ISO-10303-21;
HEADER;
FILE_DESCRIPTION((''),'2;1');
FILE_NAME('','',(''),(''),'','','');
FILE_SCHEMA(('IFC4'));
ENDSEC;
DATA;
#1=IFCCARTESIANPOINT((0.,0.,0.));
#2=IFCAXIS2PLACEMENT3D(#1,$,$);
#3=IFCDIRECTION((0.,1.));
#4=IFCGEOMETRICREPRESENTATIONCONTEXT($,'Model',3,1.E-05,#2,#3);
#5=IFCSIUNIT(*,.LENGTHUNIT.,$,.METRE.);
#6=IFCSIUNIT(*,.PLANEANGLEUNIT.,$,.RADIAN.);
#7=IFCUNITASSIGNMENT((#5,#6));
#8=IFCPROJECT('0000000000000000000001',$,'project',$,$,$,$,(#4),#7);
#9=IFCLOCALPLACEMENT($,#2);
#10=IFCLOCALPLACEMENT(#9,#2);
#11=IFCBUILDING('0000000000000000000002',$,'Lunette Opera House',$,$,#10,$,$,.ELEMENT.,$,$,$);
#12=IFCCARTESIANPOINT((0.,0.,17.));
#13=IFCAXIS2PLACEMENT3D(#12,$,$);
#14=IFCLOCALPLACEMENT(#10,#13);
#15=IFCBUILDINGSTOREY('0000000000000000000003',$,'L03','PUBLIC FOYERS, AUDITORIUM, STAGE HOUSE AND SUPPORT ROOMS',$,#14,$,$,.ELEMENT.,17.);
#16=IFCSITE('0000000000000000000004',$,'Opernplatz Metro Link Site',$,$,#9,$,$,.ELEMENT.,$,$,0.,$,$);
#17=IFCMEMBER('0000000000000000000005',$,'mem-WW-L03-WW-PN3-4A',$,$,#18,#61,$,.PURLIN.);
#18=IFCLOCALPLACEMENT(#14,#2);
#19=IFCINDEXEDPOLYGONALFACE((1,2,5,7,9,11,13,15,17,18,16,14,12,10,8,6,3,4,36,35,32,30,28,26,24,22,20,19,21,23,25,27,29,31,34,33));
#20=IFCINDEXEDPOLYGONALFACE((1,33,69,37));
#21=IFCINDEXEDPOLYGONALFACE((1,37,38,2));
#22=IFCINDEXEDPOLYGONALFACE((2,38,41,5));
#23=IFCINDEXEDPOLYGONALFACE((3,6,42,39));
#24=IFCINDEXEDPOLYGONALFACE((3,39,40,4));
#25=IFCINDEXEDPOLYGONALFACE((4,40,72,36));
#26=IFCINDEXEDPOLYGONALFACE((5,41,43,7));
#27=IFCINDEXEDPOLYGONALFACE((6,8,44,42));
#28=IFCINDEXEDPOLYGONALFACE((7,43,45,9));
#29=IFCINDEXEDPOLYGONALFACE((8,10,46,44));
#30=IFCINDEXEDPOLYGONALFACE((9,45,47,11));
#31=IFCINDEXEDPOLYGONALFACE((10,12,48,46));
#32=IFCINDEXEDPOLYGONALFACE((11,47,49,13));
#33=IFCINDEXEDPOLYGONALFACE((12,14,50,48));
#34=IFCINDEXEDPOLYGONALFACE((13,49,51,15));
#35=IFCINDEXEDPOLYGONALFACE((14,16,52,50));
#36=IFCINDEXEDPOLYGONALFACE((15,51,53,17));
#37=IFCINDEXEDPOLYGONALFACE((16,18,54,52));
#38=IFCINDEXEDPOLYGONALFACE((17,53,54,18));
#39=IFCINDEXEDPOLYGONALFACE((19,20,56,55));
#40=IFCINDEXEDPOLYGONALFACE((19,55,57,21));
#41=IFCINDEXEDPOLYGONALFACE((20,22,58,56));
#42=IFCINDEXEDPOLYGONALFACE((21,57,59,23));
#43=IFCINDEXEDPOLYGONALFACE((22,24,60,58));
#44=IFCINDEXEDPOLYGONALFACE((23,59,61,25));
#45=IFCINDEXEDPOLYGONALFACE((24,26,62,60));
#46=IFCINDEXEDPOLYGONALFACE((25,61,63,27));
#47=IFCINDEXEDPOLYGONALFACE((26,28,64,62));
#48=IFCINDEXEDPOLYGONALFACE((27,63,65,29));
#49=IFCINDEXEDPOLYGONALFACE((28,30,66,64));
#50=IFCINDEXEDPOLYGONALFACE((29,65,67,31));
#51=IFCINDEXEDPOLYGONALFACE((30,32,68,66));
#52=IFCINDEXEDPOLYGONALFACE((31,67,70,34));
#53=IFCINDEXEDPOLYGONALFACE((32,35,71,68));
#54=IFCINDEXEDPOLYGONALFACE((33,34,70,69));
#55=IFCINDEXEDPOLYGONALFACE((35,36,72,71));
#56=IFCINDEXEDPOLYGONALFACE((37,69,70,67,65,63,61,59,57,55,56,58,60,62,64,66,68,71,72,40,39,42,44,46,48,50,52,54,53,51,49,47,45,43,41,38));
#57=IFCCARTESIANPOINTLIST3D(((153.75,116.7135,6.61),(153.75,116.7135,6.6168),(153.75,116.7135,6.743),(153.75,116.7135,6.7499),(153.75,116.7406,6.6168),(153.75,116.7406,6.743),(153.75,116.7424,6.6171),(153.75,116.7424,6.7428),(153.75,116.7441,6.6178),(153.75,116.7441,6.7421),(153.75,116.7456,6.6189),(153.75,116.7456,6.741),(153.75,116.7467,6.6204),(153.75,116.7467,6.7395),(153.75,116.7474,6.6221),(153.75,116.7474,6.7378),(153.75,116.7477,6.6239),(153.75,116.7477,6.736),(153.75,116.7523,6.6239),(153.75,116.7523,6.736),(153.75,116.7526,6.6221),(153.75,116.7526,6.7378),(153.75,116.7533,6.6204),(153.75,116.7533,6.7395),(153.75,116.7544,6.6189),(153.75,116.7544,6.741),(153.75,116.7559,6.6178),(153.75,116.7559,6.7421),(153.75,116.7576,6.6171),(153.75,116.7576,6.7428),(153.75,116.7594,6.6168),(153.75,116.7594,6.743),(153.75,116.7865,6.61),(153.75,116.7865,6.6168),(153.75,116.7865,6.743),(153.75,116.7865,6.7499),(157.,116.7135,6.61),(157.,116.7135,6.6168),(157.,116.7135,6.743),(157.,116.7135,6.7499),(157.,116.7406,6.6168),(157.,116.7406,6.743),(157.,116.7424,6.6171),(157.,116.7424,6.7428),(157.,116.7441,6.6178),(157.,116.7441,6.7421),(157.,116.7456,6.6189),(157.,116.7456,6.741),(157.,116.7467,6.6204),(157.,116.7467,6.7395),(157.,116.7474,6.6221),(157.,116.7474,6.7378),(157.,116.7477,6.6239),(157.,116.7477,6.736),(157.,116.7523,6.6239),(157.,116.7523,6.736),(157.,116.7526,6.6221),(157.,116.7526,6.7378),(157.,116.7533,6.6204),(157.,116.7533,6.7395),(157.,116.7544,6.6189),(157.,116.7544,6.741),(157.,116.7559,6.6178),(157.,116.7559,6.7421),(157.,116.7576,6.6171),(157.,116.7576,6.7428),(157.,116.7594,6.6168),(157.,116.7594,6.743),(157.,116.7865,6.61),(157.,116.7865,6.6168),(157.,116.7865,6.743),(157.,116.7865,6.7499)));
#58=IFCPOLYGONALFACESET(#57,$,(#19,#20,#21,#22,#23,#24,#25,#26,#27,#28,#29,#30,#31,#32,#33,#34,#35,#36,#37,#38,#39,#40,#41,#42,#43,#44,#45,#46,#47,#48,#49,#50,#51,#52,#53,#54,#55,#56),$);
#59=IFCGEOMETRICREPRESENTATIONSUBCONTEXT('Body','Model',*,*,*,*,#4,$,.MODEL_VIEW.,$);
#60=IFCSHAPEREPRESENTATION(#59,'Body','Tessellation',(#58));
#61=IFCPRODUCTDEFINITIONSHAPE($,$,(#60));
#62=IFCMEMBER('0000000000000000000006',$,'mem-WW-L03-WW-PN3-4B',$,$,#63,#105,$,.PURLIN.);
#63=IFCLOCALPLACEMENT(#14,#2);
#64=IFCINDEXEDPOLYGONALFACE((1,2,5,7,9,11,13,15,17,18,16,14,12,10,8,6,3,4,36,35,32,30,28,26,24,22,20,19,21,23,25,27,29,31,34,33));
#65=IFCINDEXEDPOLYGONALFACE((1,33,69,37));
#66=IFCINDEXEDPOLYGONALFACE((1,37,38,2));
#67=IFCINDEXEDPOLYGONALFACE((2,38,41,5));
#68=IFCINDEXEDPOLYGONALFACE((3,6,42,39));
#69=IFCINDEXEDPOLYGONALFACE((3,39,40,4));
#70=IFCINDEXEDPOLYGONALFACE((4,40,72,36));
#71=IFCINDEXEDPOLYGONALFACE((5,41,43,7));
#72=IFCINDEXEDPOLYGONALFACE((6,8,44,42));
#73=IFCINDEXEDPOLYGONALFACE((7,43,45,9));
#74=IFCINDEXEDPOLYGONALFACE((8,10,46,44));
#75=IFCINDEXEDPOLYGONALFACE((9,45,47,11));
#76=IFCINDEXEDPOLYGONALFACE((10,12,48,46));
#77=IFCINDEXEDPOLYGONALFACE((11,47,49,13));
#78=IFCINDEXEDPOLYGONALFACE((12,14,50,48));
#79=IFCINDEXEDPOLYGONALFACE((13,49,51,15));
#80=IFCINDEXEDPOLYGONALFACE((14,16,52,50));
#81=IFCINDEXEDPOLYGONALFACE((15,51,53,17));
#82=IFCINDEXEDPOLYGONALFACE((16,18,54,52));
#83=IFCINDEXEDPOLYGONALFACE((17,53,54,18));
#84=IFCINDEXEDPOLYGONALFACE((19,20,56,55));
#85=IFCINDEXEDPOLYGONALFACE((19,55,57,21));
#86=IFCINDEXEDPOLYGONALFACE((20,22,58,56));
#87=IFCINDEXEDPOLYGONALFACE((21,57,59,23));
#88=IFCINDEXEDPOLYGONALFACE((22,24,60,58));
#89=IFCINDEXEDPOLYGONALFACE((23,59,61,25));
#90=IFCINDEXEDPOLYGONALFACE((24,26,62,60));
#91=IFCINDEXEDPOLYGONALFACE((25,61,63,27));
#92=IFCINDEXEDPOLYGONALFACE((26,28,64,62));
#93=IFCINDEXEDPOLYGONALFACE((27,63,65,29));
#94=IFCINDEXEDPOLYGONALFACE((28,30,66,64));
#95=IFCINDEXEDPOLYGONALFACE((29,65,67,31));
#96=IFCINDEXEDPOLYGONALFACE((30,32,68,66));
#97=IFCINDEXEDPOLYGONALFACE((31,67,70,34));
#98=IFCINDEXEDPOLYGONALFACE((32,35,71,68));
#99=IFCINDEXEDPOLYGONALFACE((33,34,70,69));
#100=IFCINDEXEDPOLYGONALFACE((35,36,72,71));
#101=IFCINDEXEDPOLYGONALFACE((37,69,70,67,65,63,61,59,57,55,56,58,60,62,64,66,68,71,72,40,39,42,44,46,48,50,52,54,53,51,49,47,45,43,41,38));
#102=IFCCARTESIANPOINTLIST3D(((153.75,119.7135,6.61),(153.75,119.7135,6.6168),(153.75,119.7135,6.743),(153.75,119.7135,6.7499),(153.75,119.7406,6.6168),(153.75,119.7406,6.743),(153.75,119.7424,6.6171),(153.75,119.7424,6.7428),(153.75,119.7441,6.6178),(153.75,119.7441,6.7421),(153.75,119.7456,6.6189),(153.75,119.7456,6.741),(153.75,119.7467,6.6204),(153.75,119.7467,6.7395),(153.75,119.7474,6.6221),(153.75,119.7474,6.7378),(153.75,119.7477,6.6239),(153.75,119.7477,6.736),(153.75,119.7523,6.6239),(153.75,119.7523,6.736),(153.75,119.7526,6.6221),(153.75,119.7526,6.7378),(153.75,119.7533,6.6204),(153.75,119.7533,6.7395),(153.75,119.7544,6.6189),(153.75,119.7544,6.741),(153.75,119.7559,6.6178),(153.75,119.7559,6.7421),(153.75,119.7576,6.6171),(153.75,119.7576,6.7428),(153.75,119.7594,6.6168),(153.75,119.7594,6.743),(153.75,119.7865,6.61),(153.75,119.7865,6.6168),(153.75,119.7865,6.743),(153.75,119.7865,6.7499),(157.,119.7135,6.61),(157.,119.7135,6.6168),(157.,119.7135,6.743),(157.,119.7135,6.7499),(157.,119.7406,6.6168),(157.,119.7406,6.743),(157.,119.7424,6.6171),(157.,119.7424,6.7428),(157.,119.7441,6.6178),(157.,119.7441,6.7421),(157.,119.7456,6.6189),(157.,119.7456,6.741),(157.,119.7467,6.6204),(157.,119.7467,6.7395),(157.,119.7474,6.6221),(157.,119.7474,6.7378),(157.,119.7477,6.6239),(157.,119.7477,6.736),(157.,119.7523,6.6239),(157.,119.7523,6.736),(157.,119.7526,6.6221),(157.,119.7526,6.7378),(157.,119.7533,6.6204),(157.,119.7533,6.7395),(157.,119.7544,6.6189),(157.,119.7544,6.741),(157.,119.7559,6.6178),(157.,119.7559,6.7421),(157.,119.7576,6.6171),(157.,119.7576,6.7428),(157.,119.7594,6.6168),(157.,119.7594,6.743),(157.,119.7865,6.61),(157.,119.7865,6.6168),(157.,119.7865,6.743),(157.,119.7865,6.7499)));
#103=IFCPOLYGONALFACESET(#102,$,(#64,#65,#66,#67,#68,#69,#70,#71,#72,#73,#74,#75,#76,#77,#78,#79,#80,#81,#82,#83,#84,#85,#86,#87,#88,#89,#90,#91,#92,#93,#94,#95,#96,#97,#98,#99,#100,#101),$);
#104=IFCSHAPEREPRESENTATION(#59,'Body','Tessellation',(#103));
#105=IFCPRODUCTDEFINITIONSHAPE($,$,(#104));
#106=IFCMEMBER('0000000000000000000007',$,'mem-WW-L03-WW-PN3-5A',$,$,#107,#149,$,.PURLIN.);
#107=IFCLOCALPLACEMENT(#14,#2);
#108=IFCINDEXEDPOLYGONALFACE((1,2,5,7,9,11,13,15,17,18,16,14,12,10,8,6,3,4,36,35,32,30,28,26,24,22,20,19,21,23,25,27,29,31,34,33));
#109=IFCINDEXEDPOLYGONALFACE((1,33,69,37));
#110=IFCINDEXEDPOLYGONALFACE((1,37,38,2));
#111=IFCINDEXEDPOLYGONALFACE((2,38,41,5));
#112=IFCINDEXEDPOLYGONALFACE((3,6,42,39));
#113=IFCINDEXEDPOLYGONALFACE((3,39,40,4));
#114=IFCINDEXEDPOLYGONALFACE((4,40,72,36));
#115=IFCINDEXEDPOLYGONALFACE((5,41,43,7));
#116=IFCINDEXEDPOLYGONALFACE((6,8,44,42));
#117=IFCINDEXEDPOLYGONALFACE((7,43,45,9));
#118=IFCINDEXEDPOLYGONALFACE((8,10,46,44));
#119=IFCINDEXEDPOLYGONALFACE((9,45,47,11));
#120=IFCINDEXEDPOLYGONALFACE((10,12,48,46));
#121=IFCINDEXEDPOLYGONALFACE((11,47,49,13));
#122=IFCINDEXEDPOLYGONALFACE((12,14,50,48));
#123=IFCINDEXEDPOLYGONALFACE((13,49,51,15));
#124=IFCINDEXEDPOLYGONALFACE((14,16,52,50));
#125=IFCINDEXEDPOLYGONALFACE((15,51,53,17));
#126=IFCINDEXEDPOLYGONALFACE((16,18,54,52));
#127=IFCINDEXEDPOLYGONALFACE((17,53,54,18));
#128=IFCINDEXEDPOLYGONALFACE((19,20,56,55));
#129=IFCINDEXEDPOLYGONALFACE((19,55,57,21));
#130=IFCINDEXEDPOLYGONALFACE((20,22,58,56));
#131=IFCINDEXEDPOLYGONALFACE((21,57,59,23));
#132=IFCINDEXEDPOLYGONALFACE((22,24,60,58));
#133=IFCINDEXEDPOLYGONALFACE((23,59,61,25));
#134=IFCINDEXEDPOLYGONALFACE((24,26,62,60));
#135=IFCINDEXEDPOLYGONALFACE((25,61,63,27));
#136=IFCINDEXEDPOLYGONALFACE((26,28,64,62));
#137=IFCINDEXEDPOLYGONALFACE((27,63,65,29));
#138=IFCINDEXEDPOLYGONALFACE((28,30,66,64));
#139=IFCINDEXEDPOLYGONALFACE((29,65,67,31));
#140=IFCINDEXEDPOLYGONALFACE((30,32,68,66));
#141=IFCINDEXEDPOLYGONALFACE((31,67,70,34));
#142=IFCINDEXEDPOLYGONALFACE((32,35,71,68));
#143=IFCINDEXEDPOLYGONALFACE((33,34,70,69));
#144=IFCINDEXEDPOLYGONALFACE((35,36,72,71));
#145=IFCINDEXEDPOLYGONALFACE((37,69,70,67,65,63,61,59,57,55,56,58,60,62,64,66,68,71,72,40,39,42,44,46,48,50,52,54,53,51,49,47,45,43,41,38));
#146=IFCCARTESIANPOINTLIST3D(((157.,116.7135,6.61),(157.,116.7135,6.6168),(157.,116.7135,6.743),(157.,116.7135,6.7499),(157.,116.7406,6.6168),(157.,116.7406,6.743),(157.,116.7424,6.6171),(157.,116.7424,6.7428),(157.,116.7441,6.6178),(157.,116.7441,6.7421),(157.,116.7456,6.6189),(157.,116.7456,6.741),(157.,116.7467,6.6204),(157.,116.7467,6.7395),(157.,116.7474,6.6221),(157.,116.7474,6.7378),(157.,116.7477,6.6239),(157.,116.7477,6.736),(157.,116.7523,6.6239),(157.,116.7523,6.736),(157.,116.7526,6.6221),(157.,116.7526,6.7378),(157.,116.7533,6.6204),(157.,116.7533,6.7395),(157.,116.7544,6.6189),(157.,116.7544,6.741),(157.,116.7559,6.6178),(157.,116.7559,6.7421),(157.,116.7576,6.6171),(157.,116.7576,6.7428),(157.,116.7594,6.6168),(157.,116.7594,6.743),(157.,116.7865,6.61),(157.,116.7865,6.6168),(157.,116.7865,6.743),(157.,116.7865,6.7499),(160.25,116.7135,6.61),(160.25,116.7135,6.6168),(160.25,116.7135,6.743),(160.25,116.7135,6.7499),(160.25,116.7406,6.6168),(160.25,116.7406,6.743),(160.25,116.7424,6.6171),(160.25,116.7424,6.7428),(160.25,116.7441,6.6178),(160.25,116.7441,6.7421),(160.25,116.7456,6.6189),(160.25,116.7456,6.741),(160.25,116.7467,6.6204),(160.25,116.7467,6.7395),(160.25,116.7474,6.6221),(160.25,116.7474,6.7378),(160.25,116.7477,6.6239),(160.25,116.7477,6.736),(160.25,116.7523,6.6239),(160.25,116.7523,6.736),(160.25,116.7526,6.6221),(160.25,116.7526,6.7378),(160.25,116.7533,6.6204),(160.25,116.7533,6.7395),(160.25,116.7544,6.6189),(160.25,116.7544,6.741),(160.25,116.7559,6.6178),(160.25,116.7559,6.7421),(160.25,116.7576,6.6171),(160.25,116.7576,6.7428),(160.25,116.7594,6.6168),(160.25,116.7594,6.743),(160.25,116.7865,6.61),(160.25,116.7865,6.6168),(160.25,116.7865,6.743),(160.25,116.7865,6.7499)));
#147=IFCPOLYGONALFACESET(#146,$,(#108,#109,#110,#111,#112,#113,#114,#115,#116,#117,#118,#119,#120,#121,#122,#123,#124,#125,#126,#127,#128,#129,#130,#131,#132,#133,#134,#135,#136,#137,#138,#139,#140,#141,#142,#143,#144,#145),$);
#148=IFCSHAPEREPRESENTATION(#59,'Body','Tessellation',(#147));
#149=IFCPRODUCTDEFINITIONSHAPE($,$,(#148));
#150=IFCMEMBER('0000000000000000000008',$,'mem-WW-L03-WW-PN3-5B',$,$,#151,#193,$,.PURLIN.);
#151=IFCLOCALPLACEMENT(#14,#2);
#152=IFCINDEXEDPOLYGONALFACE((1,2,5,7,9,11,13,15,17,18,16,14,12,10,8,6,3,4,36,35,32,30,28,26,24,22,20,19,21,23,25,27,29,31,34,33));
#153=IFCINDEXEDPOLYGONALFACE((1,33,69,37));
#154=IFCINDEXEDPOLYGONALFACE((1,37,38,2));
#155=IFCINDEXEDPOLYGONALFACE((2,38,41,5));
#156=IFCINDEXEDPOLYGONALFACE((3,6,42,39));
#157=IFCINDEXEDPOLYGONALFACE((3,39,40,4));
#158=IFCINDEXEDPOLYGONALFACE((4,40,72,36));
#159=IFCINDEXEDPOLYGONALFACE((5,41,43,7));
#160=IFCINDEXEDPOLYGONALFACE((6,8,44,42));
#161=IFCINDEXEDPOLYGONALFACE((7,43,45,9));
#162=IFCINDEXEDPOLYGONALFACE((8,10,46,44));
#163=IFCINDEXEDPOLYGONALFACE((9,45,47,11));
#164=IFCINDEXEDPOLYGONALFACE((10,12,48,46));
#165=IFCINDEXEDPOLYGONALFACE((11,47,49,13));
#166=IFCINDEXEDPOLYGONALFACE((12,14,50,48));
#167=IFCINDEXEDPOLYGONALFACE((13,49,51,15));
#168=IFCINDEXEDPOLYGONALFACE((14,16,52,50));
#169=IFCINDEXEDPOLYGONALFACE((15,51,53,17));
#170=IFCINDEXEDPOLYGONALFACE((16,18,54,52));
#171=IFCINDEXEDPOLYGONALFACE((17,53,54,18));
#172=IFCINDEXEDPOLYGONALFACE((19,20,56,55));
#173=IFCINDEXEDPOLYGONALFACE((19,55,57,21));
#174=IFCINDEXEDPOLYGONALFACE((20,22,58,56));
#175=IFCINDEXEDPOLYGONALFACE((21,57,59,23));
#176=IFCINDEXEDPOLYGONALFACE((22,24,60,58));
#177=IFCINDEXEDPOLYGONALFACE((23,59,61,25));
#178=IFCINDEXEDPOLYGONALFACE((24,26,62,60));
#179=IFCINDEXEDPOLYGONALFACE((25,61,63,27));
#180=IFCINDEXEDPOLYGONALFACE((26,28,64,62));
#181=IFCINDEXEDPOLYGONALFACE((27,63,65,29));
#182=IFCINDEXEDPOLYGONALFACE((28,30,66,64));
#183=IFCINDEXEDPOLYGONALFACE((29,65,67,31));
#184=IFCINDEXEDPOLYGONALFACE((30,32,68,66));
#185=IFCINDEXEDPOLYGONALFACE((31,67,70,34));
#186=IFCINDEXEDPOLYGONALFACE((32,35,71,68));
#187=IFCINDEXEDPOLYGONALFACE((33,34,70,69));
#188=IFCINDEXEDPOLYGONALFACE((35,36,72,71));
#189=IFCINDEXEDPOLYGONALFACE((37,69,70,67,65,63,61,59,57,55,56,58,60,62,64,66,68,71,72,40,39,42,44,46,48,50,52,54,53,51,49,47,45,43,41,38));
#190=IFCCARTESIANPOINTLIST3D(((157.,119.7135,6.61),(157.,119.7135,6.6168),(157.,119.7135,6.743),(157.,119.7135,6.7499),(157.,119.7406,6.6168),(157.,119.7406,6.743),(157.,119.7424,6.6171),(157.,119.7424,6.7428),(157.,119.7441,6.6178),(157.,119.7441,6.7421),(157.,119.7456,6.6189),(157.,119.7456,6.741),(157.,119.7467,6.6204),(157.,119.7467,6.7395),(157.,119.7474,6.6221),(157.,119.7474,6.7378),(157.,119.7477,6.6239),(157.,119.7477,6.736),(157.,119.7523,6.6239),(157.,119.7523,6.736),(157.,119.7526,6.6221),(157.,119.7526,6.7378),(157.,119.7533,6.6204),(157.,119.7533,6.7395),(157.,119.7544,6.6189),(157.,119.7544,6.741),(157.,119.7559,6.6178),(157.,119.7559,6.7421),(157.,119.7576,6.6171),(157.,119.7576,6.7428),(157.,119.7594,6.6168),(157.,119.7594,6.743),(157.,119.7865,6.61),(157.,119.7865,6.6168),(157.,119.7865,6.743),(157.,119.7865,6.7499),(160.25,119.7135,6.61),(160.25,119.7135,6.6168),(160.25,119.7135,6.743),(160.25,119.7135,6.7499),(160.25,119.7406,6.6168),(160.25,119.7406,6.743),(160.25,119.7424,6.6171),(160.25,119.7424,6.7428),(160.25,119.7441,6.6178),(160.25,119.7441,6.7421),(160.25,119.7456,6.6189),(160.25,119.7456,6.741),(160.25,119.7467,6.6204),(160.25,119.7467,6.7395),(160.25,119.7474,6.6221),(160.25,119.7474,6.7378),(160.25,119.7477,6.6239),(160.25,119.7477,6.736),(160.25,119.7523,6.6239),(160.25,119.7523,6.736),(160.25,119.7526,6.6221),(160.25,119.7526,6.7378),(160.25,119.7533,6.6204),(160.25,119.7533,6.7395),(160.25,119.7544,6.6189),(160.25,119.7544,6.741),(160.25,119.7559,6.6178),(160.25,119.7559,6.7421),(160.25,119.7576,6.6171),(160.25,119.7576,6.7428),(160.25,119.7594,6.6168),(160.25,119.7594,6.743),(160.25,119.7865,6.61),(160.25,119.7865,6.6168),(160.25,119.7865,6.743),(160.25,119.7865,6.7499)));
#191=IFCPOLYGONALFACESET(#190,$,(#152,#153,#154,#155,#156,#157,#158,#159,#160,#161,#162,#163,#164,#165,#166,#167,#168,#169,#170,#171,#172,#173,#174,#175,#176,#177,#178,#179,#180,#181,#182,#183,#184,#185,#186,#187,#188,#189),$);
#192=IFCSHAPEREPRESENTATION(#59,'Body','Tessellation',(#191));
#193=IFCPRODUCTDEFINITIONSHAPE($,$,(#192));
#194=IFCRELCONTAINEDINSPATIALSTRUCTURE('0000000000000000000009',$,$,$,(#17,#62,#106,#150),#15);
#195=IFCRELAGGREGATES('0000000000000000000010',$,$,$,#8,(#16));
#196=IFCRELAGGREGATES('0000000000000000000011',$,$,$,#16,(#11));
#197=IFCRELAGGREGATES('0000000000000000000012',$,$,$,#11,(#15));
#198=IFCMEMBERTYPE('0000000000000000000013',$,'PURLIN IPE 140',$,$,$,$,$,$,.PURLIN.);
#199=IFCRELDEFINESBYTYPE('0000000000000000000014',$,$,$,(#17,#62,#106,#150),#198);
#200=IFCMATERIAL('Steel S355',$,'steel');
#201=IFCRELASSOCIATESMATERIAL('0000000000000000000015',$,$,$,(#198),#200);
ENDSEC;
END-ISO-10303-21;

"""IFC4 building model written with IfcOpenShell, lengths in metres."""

from ifc_helpers import new_model, si_unit, direction, frame, origin, origin_2d, place, context, subcontext, project, spatial, i_section, extrude, material, material_profile, profile_set, type_object, element, save


model = new_model("IFC4")

# Units and contexts
model_context = context("Model", 3, precision=1e-05, world=origin(), true_north=direction((0.0, 1.0)))
body_context = subcontext(model_context, "Body", "Model", "MODEL_VIEW")
ifc_project = project(units=[si_unit("LENGTHUNIT", "METRE"), si_unit("PLANEANGLEUNIT", "RADIAN")], contexts=[model_context])

# Site, building, storey
site_placement = place(None, origin())
site = spatial("IfcSite", under=ifc_project, at=site_placement, Name="Opernplatz Metro Link Site", CompositionType="ELEMENT", RefElevation=0.0)
building_placement = place(site_placement, origin())
building = spatial("IfcBuilding", under=site, at=building_placement, Name="Lunette Opera House", CompositionType="ELEMENT")
storey_placement = place(building_placement, frame((0.0, 0.0, 17.0)))
storey = spatial("IfcBuildingStorey", under=building, at=storey_placement, Name="L03", Description="PUBLIC FOYERS, AUDITORIUM, STAGE HOUSE AND SUPPORT ROOMS", CompositionType="ELEMENT", Elevation=17.0)

# Members
ifc_material_1 = material(Name="Steel S355", Category="steel")
ifc_material_profile_1 = material_profile(ifc_material_1, i_section(OverallWidth=0.073, OverallDepth=0.1399, WebThickness=0.0046, FlangeThickness=0.0068, FilletRadius=0.0071, at=origin_2d()), Name="IPE 140")
ifc_profile_set_1 = profile_set([ifc_material_profile_1], Name="Steel S355")
member_type_1 = type_object("IfcMemberType", Name="PURLIN IPE 140", PredefinedType="PURLIN", material=ifc_profile_set_1)
for number, where, z_axis, x_axis, name in (
    (1, (153.75, 116.75, 6.6799), (1.0, 0.0, 0.0), (0.0, 1.0, 0.0), "mem-WW-L03-WW-PN3-4A"),
    (2, (153.75, 119.75, 6.6799), (1.0, 0.0, 0.0), (0.0, 1.0, 0.0), "mem-WW-L03-WW-PN3-4B"),
    (3, (157.0, 116.75, 6.6799), (1.0, 0.0, 0.0), (0.0, 1.0, 0.0), "mem-WW-L03-WW-PN3-5A"),
    (4, (157.0, 119.75, 6.6799), (1.0, 0.0, 0.0), (0.0, 1.0, 0.0), "mem-WW-L03-WW-PN3-5B"),
):
    element("IfcMember", number, at=place(storey_placement, frame(where, z_axis=z_axis, x_axis=x_axis)), inside=storey, type_object=member_type_1, Name=name, PredefinedType="PURLIN", context=body_context, shape_type="SweptSolid", body=[
        extrude(i_section(OverallWidth=0.073, OverallDepth=0.1399, WebThickness=0.0046, FlangeThickness=0.0068, FilletRadius=0.0071, at=origin_2d()), origin(), (0.0, 0.0, 1.0), 3.25),
    ])

save(model, "model.ifc")
